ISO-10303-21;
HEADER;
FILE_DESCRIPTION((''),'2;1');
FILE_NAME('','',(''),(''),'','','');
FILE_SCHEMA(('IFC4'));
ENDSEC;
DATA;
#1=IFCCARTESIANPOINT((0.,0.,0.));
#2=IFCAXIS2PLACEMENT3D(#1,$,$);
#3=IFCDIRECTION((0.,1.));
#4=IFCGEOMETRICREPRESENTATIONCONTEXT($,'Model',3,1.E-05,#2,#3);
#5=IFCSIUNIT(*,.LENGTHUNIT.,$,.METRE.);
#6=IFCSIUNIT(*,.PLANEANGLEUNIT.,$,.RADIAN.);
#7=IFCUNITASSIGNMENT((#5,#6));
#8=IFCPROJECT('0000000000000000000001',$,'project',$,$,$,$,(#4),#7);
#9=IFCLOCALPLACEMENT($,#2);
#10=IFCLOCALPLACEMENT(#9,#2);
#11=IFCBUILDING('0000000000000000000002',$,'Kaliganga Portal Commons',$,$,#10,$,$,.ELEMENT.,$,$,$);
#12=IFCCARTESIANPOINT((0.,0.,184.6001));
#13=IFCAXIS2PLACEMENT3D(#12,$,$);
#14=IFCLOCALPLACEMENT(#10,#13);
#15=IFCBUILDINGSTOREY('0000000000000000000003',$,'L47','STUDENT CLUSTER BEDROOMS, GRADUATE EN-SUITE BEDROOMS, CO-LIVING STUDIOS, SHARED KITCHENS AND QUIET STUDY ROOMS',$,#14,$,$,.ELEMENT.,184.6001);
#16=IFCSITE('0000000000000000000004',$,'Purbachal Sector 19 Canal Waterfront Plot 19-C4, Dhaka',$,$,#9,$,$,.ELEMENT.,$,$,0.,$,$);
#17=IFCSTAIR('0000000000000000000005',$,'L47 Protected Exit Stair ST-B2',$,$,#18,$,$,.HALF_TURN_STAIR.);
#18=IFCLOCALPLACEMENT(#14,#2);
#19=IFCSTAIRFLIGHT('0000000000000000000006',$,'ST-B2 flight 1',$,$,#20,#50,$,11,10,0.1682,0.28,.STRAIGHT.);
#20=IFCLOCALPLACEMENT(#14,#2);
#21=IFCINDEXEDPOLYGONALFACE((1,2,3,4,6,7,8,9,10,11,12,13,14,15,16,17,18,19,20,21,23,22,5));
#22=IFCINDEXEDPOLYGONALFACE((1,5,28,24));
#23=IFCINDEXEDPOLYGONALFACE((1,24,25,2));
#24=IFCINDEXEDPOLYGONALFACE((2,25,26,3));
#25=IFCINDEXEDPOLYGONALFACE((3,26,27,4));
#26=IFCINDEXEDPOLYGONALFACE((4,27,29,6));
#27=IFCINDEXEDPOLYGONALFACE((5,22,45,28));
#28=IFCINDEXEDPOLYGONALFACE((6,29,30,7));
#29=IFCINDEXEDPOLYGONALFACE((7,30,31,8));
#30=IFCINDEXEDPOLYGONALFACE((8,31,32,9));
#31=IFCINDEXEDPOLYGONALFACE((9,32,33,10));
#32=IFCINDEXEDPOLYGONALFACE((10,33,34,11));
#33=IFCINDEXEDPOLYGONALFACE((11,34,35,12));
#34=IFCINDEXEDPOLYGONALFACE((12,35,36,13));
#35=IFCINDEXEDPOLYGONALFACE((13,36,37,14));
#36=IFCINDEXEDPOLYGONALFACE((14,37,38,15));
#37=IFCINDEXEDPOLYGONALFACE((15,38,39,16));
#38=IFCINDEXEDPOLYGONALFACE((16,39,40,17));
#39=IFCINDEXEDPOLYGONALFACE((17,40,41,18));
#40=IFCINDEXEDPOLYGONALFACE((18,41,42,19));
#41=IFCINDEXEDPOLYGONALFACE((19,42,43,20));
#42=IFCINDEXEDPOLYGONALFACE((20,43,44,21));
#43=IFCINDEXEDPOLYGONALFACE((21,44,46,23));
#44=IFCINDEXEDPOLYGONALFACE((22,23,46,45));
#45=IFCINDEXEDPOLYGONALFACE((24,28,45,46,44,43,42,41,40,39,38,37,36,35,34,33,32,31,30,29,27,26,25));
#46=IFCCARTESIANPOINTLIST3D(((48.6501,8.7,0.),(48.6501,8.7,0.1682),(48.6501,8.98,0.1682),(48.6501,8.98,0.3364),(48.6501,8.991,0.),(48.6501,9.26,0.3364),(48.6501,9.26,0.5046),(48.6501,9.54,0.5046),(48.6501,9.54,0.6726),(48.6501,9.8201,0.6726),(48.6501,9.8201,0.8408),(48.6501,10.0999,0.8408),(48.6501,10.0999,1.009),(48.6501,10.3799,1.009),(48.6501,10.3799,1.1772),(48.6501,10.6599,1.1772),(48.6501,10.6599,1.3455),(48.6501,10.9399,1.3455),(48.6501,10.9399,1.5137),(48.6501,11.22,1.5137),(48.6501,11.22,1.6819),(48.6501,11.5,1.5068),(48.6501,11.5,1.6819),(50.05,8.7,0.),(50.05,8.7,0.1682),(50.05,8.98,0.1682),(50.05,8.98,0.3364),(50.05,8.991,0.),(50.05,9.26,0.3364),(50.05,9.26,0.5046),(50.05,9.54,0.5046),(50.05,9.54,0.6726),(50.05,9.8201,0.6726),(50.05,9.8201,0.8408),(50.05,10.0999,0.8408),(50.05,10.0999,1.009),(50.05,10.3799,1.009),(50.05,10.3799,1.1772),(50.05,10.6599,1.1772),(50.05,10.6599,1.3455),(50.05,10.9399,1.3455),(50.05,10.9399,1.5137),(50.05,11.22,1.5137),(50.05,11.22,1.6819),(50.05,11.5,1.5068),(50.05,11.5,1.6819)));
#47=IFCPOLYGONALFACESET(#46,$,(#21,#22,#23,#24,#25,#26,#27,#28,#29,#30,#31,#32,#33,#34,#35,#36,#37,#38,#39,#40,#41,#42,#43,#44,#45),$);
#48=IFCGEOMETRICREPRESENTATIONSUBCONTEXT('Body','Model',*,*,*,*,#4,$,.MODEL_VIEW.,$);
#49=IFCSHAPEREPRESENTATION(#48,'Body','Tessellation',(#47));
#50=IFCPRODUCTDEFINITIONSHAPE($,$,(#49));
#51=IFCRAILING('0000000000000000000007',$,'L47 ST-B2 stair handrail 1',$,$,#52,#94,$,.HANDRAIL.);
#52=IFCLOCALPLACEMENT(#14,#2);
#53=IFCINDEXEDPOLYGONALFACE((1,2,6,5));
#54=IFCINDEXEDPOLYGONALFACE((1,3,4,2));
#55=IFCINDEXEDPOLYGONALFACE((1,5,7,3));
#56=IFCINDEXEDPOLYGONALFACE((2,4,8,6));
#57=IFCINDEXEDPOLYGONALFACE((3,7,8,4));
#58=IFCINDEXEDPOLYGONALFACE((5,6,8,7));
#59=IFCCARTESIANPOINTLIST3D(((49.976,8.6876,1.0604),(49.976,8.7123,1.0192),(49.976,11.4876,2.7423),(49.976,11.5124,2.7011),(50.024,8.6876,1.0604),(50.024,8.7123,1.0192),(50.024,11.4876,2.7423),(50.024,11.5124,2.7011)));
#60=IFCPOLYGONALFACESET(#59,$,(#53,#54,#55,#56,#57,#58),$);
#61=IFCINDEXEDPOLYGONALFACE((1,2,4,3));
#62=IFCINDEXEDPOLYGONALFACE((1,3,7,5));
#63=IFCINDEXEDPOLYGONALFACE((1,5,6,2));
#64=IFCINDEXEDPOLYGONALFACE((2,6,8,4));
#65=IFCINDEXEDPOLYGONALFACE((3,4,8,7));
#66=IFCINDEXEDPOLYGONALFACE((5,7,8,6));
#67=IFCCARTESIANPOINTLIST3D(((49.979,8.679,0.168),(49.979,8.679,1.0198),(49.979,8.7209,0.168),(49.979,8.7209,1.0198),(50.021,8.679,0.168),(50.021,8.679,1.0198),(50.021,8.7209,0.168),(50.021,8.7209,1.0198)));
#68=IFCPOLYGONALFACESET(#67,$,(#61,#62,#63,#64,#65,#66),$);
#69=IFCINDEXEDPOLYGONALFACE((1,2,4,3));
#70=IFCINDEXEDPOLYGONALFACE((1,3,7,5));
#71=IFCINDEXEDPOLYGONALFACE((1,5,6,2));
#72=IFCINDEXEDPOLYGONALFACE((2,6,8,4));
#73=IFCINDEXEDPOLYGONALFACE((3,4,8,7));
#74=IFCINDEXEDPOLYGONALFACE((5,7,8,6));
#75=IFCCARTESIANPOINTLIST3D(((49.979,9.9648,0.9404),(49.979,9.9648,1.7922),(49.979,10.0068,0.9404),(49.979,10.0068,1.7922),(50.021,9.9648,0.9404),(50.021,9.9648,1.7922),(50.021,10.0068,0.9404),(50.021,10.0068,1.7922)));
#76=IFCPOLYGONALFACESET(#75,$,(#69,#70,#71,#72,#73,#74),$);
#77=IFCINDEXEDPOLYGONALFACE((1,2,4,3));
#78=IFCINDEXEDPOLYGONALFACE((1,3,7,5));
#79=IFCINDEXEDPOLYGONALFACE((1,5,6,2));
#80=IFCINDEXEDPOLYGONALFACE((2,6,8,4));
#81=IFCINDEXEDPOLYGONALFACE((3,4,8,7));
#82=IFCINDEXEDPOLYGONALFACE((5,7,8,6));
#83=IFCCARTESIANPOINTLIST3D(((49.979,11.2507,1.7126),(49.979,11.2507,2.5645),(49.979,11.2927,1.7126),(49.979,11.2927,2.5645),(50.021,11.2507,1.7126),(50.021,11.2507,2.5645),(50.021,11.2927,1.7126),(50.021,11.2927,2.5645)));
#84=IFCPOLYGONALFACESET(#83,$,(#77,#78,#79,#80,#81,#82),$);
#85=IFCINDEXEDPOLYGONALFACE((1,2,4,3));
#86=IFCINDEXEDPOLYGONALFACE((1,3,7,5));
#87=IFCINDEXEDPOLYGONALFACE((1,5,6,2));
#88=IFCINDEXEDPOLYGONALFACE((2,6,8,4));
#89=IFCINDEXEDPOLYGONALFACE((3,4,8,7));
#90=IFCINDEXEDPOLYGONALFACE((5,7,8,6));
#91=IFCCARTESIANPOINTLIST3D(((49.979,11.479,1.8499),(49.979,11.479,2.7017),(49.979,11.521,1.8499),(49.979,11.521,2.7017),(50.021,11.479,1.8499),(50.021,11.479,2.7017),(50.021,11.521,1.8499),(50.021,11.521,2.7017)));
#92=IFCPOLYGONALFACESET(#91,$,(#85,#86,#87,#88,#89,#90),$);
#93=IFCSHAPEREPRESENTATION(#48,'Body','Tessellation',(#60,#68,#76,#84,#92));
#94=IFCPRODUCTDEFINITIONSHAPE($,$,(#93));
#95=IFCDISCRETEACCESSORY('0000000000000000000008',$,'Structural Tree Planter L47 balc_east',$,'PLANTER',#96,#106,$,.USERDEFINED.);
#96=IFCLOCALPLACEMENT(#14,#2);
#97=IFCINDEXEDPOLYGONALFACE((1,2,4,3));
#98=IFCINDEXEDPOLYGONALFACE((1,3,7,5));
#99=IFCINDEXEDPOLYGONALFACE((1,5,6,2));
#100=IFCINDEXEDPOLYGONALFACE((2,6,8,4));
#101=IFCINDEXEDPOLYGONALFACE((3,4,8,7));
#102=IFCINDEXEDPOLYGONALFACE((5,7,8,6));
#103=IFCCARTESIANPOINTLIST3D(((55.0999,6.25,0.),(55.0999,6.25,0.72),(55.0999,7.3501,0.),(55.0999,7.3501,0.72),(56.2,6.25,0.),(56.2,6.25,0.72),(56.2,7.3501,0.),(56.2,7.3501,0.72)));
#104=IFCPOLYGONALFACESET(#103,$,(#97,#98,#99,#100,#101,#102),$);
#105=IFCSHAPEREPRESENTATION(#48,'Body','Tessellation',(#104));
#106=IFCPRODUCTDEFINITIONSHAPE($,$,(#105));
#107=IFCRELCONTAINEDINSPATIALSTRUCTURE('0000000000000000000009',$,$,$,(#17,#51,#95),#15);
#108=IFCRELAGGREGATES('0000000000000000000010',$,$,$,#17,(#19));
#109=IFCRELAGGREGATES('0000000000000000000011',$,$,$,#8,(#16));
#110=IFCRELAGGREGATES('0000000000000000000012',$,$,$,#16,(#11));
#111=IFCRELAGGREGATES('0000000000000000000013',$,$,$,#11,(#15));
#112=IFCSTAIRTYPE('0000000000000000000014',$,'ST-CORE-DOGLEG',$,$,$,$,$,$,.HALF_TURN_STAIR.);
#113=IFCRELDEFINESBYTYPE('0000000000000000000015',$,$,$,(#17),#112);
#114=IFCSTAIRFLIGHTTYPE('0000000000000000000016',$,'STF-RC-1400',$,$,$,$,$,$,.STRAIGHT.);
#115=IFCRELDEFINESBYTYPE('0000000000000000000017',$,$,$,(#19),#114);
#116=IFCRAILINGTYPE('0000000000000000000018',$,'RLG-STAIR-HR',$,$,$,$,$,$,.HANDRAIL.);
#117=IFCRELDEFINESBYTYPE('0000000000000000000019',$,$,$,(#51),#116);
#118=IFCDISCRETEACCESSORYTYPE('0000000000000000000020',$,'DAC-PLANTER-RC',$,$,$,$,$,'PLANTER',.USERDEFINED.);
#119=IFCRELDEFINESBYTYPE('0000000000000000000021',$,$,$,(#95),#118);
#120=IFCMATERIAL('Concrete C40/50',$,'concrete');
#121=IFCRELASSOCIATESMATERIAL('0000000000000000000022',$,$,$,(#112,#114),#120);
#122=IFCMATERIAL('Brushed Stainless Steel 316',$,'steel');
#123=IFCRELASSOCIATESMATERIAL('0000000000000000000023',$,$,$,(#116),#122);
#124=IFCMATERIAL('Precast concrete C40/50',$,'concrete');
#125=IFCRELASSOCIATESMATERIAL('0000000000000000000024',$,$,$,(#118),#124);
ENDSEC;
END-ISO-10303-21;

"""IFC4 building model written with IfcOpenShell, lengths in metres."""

from ifc_helpers import new_model, si_unit, direction, frame, origin, origin_2d, place, context, subcontext, project, spatial, polyline, rectangle, outline, extrude, source, transform, mapped, material, type_object, element, aggregate, save


model = new_model("IFC4")

# Units and contexts
model_context = context("Model", 3, precision=1e-05, world=origin(), true_north=direction((0.0, 1.0)))
body_context = subcontext(model_context, "Body", "Model", "MODEL_VIEW")
ifc_project = project(units=[si_unit("LENGTHUNIT", "METRE"), si_unit("PLANEANGLEUNIT", "RADIAN")], contexts=[model_context])

# Site, building, storey
site_placement = place(None, origin())
site = spatial("IfcSite", under=ifc_project, at=site_placement, Name="Purbachal Sector 19 Canal Waterfront Plot 19-C4, Dhaka", CompositionType="ELEMENT", RefElevation=0.0)
building_placement = place(site_placement, origin())
building = spatial("IfcBuilding", under=site, at=building_placement, Name="Kaliganga Portal Commons", CompositionType="ELEMENT")
storey_placement = place(building_placement, frame((0.0, 0.0, 184.6001)))
storey = spatial("IfcBuildingStorey", under=building, at=storey_placement, Name="L47", Description="STUDENT CLUSTER BEDROOMS, GRADUATE EN-SUITE BEDROOMS, CO-LIVING STUDIOS, SHARED KITCHENS AND QUIET STUDY ROOMS", CompositionType="ELEMENT", Elevation=184.6001)

# Stair, stair flight
ifc_material_1 = material(Name="Concrete C40/50", Category="concrete")
stair_type = type_object("IfcStairType", Name="ST-CORE-DOGLEG", PredefinedType="HALF_TURN_STAIR", material=ifc_material_1)
stair_placement = place(storey_placement, origin())
stair = element("IfcStair", 1, at=stair_placement, inside=storey, type_object=stair_type, Name="L47 Protected Exit Stair ST-B2", PredefinedType="HALF_TURN_STAIR")
stair_flight_type = type_object("IfcStairFlightType", Name="STF-RC-1400", PredefinedType="STRAIGHT", material=ifc_material_1)
stair_flight_placement = place(storey_placement, frame((49.3501, 8.7, 0.0), z_axis=(0.0, 0.0, 1.0), x_axis=(0.0, 1.0, 0.0)))
stair_flight = element("IfcStairFlight", 2, at=stair_flight_placement, type_object=stair_flight_type, Name="ST-B2 flight 1", NumberOfRisers=11, NumberOfTreads=10, PredefinedType="STRAIGHT", RiserHeight=0.1682, TreadLength=0.28, context=body_context, shape_type="SweptSolid", body=[
    extrude(outline(polyline([(0.0, 0.0), (0.0, 0.1682), (0.28, 0.1682), (0.28, 0.3364), (0.5601, 0.3364), (0.5601, 0.5046), (0.8401, 0.5046), (0.8401, 0.6726), (1.1201, 0.6726), (1.1201, 0.8408), (1.3999, 0.8408), (1.3999, 1.009), (1.6799, 1.009), (1.6799, 1.1772), (1.96, 1.1772), (1.96, 1.3455), (2.24, 1.3455), (2.24, 1.5137), (2.52, 1.5137), (2.52, 1.6819), (2.8, 1.6819), (2.8, 1.8501), (2.8, 1.5068), (0.291, 0.0), (0.0, 0.0)])), frame((0.0, 0.7, 0.0), z_axis=(0.0, -1.0, 0.0), x_axis=(1.0, 0.0, 0.0)), (0.0, 0.0, 1.0), 1.3999),
])
aggregate(stair, [stair_flight])

# Railing
ifc_material_2 = material(Name="Brushed Stainless Steel 316", Category="steel")
railing_type_1 = type_object("IfcRailingType", Name="RLG-STAIR-HR", PredefinedType="HANDRAIL", material=ifc_material_2)
railing_1_placement = place(storey_placement, frame((50.0, 8.7, 0.168)))
element("IfcRailing", 3, at=railing_1_placement, inside=storey, type_object=railing_type_1, Name="L47 ST-B2 stair handrail 1", PredefinedType="HANDRAIL", context=body_context, shape_type="SweptSolid", body=[
    extrude(rectangle(XDim=0.0481, YDim=0.0481, at=origin_2d()), frame((0.0, 0.0, 0.8718), z_axis=(0.0, 0.857242, 0.514913), x_axis=(-1.0, 0.0, 0.0)), (0.0, 0.0, 1.0), 3.2664),
    extrude(rectangle(XDim=0.042, YDim=0.042, at=origin_2d()), origin(), (0.0, 0.0, 1.0), 0.8518),
    extrude(rectangle(XDim=0.042, YDim=0.042, at=origin_2d()), frame((0.0, 1.2859, 0.7725)), (0.0, 0.0, 1.0), 0.8518),
    extrude(rectangle(XDim=0.042, YDim=0.042, at=origin_2d()), frame((0.0, 2.5718, 1.5447)), (0.0, 0.0, 1.0), 0.8518),
    extrude(rectangle(XDim=0.042, YDim=0.042, at=origin_2d()), frame((0.0, 2.8, 1.6819)), (0.0, 0.0, 1.0), 0.8518),
])

# Discrete accessory
ifc_material_3 = material(Name="Precast concrete C40/50", Category="concrete")
discrete_accessory_type = type_object("IfcDiscreteAccessoryType", Name="DAC-PLANTER-RC", ElementType="PLANTER", PredefinedType="USERDEFINED", material=ifc_material_3)
shared_shape_1 = source(origin(), body_context, "Body", "SweptSolid", [
    extrude(rectangle(XDim=1.1001, YDim=1.1001, at=origin_2d()), origin(), (0.0, 0.0, 1.0), 0.72),
])
discrete_accessory_placement = place(storey_placement, frame((55.6499, 6.8, 0.0), z_axis=(0.0, 0.0, 1.0), x_axis=(1.0, 0.0, 0.0)))
element("IfcDiscreteAccessory", 4, at=discrete_accessory_placement, inside=storey, type_object=discrete_accessory_type, Name="Structural Tree Planter L47 balc_east", ObjectType="PLANTER", PredefinedType="USERDEFINED", context=body_context, shape_type="MappedRepresentation", body=[
    mapped(shared_shape_1, transform((0.0, 0.0, 0.0), x_axis=(1.0, 0.0, 0.0), y_axis=(0.0, 1.0, 0.0), z_axis=(0.0, 0.0, 1.0), scale=1.0)),
])

save(model, "model.ifc")
